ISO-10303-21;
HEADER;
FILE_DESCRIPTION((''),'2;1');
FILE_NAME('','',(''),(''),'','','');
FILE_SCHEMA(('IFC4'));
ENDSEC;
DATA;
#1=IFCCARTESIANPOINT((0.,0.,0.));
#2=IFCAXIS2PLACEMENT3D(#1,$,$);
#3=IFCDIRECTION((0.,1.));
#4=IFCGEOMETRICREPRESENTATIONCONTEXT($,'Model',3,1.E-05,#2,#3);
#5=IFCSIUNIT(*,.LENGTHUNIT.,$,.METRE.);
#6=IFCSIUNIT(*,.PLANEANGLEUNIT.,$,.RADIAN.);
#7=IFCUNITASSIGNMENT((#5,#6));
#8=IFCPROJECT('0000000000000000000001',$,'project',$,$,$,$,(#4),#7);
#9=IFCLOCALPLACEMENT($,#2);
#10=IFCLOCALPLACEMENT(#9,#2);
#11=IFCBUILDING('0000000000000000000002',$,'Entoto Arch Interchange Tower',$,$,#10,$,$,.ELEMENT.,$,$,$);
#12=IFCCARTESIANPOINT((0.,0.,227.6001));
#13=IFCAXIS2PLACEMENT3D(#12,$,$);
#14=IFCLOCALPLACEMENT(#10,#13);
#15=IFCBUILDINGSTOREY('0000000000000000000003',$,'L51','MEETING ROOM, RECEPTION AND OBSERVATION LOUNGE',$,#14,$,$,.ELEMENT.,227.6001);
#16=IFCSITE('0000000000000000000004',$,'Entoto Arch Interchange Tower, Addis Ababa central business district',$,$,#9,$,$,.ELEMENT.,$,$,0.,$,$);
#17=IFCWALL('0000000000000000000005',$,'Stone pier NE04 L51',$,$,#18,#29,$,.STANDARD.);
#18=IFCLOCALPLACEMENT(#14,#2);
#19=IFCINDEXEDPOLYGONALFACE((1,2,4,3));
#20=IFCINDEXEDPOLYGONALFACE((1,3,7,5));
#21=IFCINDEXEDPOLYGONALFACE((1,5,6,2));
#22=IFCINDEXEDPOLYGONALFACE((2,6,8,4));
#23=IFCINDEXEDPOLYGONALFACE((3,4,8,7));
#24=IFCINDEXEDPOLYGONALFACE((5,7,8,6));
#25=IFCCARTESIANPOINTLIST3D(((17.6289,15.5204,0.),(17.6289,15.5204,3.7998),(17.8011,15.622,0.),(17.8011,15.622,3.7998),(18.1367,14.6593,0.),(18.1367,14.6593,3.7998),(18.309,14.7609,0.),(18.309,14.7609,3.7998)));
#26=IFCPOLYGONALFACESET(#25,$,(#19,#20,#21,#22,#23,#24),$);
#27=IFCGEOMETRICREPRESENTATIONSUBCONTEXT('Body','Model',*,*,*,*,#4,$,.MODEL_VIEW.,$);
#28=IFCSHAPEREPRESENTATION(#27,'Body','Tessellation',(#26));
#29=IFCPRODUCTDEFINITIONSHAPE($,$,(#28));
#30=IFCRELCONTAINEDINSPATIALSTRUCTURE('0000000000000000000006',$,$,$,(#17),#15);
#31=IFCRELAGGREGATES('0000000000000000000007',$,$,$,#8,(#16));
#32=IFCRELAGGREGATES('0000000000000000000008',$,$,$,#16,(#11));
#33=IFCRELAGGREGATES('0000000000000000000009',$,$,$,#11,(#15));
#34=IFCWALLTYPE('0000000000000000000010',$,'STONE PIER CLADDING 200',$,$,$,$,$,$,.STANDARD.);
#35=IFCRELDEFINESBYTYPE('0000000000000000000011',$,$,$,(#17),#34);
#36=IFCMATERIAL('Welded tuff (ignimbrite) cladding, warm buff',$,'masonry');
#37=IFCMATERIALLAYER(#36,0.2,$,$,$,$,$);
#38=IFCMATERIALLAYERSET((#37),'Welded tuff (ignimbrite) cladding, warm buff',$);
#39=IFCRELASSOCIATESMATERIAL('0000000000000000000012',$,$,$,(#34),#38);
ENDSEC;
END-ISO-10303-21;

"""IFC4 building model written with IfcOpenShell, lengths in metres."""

from ifc_helpers import new_model, si_unit, direction, frame, frame_2d, origin, place, context, subcontext, project, spatial, rectangle, extrude, material, layer, layer_set, type_object, element, save


model = new_model("IFC4")

# Units and contexts
model_context = context("Model", 3, precision=1e-05, world=origin(), true_north=direction((0.0, 1.0)))
body_context = subcontext(model_context, "Body", "Model", "MODEL_VIEW")
ifc_project = project(units=[si_unit("LENGTHUNIT", "METRE"), si_unit("PLANEANGLEUNIT", "RADIAN")], contexts=[model_context])

# Site, building, storey
site_placement = place(None, origin())
site = spatial("IfcSite", under=ifc_project, at=site_placement, Name="Entoto Arch Interchange Tower, Addis Ababa central business district", CompositionType="ELEMENT", RefElevation=0.0)
building_placement = place(site_placement, origin())
building = spatial("IfcBuilding", under=site, at=building_placement, Name="Entoto Arch Interchange Tower", CompositionType="ELEMENT")
storey_placement = place(building_placement, frame((0.0, 0.0, 227.6001)))
storey = spatial("IfcBuildingStorey", under=building, at=storey_placement, Name="L51", Description="MEETING ROOM, RECEPTION AND OBSERVATION LOUNGE", CompositionType="ELEMENT", Elevation=227.6001)

# Shared definitions
ifc_material_1 = material(Name="Welded tuff (ignimbrite) cladding, warm buff", Category="masonry")

# Wall
ifc_layer_1 = layer(ifc_material_1, 0.2)
ifc_layer_set_1 = layer_set([ifc_layer_1], Name="Welded tuff (ignimbrite) cladding, warm buff")
wall_type_1 = type_object("IfcWallType", Name="STONE PIER CLADDING 200", PredefinedType="STANDARD", material=ifc_layer_set_1)
wall_1_placement = place(storey_placement, frame((18.2229, 14.71, 0.0), z_axis=(0.0, 0.0, 1.0), x_axis=(-0.50798, 0.861369, 0.0)))
element("IfcWall", 1, at=wall_1_placement, inside=storey, type_object=wall_type_1, Name="Stone pier NE04 L51", PredefinedType="STANDARD", context=body_context, shape_type="SweptSolid", body=[
    extrude(rectangle(XDim=0.9998, YDim=0.2, at=frame_2d((0.5, 0.0))), origin(), (0.0, 0.0, 1.0), 3.7998),
])

save(model, "model.ifc")
